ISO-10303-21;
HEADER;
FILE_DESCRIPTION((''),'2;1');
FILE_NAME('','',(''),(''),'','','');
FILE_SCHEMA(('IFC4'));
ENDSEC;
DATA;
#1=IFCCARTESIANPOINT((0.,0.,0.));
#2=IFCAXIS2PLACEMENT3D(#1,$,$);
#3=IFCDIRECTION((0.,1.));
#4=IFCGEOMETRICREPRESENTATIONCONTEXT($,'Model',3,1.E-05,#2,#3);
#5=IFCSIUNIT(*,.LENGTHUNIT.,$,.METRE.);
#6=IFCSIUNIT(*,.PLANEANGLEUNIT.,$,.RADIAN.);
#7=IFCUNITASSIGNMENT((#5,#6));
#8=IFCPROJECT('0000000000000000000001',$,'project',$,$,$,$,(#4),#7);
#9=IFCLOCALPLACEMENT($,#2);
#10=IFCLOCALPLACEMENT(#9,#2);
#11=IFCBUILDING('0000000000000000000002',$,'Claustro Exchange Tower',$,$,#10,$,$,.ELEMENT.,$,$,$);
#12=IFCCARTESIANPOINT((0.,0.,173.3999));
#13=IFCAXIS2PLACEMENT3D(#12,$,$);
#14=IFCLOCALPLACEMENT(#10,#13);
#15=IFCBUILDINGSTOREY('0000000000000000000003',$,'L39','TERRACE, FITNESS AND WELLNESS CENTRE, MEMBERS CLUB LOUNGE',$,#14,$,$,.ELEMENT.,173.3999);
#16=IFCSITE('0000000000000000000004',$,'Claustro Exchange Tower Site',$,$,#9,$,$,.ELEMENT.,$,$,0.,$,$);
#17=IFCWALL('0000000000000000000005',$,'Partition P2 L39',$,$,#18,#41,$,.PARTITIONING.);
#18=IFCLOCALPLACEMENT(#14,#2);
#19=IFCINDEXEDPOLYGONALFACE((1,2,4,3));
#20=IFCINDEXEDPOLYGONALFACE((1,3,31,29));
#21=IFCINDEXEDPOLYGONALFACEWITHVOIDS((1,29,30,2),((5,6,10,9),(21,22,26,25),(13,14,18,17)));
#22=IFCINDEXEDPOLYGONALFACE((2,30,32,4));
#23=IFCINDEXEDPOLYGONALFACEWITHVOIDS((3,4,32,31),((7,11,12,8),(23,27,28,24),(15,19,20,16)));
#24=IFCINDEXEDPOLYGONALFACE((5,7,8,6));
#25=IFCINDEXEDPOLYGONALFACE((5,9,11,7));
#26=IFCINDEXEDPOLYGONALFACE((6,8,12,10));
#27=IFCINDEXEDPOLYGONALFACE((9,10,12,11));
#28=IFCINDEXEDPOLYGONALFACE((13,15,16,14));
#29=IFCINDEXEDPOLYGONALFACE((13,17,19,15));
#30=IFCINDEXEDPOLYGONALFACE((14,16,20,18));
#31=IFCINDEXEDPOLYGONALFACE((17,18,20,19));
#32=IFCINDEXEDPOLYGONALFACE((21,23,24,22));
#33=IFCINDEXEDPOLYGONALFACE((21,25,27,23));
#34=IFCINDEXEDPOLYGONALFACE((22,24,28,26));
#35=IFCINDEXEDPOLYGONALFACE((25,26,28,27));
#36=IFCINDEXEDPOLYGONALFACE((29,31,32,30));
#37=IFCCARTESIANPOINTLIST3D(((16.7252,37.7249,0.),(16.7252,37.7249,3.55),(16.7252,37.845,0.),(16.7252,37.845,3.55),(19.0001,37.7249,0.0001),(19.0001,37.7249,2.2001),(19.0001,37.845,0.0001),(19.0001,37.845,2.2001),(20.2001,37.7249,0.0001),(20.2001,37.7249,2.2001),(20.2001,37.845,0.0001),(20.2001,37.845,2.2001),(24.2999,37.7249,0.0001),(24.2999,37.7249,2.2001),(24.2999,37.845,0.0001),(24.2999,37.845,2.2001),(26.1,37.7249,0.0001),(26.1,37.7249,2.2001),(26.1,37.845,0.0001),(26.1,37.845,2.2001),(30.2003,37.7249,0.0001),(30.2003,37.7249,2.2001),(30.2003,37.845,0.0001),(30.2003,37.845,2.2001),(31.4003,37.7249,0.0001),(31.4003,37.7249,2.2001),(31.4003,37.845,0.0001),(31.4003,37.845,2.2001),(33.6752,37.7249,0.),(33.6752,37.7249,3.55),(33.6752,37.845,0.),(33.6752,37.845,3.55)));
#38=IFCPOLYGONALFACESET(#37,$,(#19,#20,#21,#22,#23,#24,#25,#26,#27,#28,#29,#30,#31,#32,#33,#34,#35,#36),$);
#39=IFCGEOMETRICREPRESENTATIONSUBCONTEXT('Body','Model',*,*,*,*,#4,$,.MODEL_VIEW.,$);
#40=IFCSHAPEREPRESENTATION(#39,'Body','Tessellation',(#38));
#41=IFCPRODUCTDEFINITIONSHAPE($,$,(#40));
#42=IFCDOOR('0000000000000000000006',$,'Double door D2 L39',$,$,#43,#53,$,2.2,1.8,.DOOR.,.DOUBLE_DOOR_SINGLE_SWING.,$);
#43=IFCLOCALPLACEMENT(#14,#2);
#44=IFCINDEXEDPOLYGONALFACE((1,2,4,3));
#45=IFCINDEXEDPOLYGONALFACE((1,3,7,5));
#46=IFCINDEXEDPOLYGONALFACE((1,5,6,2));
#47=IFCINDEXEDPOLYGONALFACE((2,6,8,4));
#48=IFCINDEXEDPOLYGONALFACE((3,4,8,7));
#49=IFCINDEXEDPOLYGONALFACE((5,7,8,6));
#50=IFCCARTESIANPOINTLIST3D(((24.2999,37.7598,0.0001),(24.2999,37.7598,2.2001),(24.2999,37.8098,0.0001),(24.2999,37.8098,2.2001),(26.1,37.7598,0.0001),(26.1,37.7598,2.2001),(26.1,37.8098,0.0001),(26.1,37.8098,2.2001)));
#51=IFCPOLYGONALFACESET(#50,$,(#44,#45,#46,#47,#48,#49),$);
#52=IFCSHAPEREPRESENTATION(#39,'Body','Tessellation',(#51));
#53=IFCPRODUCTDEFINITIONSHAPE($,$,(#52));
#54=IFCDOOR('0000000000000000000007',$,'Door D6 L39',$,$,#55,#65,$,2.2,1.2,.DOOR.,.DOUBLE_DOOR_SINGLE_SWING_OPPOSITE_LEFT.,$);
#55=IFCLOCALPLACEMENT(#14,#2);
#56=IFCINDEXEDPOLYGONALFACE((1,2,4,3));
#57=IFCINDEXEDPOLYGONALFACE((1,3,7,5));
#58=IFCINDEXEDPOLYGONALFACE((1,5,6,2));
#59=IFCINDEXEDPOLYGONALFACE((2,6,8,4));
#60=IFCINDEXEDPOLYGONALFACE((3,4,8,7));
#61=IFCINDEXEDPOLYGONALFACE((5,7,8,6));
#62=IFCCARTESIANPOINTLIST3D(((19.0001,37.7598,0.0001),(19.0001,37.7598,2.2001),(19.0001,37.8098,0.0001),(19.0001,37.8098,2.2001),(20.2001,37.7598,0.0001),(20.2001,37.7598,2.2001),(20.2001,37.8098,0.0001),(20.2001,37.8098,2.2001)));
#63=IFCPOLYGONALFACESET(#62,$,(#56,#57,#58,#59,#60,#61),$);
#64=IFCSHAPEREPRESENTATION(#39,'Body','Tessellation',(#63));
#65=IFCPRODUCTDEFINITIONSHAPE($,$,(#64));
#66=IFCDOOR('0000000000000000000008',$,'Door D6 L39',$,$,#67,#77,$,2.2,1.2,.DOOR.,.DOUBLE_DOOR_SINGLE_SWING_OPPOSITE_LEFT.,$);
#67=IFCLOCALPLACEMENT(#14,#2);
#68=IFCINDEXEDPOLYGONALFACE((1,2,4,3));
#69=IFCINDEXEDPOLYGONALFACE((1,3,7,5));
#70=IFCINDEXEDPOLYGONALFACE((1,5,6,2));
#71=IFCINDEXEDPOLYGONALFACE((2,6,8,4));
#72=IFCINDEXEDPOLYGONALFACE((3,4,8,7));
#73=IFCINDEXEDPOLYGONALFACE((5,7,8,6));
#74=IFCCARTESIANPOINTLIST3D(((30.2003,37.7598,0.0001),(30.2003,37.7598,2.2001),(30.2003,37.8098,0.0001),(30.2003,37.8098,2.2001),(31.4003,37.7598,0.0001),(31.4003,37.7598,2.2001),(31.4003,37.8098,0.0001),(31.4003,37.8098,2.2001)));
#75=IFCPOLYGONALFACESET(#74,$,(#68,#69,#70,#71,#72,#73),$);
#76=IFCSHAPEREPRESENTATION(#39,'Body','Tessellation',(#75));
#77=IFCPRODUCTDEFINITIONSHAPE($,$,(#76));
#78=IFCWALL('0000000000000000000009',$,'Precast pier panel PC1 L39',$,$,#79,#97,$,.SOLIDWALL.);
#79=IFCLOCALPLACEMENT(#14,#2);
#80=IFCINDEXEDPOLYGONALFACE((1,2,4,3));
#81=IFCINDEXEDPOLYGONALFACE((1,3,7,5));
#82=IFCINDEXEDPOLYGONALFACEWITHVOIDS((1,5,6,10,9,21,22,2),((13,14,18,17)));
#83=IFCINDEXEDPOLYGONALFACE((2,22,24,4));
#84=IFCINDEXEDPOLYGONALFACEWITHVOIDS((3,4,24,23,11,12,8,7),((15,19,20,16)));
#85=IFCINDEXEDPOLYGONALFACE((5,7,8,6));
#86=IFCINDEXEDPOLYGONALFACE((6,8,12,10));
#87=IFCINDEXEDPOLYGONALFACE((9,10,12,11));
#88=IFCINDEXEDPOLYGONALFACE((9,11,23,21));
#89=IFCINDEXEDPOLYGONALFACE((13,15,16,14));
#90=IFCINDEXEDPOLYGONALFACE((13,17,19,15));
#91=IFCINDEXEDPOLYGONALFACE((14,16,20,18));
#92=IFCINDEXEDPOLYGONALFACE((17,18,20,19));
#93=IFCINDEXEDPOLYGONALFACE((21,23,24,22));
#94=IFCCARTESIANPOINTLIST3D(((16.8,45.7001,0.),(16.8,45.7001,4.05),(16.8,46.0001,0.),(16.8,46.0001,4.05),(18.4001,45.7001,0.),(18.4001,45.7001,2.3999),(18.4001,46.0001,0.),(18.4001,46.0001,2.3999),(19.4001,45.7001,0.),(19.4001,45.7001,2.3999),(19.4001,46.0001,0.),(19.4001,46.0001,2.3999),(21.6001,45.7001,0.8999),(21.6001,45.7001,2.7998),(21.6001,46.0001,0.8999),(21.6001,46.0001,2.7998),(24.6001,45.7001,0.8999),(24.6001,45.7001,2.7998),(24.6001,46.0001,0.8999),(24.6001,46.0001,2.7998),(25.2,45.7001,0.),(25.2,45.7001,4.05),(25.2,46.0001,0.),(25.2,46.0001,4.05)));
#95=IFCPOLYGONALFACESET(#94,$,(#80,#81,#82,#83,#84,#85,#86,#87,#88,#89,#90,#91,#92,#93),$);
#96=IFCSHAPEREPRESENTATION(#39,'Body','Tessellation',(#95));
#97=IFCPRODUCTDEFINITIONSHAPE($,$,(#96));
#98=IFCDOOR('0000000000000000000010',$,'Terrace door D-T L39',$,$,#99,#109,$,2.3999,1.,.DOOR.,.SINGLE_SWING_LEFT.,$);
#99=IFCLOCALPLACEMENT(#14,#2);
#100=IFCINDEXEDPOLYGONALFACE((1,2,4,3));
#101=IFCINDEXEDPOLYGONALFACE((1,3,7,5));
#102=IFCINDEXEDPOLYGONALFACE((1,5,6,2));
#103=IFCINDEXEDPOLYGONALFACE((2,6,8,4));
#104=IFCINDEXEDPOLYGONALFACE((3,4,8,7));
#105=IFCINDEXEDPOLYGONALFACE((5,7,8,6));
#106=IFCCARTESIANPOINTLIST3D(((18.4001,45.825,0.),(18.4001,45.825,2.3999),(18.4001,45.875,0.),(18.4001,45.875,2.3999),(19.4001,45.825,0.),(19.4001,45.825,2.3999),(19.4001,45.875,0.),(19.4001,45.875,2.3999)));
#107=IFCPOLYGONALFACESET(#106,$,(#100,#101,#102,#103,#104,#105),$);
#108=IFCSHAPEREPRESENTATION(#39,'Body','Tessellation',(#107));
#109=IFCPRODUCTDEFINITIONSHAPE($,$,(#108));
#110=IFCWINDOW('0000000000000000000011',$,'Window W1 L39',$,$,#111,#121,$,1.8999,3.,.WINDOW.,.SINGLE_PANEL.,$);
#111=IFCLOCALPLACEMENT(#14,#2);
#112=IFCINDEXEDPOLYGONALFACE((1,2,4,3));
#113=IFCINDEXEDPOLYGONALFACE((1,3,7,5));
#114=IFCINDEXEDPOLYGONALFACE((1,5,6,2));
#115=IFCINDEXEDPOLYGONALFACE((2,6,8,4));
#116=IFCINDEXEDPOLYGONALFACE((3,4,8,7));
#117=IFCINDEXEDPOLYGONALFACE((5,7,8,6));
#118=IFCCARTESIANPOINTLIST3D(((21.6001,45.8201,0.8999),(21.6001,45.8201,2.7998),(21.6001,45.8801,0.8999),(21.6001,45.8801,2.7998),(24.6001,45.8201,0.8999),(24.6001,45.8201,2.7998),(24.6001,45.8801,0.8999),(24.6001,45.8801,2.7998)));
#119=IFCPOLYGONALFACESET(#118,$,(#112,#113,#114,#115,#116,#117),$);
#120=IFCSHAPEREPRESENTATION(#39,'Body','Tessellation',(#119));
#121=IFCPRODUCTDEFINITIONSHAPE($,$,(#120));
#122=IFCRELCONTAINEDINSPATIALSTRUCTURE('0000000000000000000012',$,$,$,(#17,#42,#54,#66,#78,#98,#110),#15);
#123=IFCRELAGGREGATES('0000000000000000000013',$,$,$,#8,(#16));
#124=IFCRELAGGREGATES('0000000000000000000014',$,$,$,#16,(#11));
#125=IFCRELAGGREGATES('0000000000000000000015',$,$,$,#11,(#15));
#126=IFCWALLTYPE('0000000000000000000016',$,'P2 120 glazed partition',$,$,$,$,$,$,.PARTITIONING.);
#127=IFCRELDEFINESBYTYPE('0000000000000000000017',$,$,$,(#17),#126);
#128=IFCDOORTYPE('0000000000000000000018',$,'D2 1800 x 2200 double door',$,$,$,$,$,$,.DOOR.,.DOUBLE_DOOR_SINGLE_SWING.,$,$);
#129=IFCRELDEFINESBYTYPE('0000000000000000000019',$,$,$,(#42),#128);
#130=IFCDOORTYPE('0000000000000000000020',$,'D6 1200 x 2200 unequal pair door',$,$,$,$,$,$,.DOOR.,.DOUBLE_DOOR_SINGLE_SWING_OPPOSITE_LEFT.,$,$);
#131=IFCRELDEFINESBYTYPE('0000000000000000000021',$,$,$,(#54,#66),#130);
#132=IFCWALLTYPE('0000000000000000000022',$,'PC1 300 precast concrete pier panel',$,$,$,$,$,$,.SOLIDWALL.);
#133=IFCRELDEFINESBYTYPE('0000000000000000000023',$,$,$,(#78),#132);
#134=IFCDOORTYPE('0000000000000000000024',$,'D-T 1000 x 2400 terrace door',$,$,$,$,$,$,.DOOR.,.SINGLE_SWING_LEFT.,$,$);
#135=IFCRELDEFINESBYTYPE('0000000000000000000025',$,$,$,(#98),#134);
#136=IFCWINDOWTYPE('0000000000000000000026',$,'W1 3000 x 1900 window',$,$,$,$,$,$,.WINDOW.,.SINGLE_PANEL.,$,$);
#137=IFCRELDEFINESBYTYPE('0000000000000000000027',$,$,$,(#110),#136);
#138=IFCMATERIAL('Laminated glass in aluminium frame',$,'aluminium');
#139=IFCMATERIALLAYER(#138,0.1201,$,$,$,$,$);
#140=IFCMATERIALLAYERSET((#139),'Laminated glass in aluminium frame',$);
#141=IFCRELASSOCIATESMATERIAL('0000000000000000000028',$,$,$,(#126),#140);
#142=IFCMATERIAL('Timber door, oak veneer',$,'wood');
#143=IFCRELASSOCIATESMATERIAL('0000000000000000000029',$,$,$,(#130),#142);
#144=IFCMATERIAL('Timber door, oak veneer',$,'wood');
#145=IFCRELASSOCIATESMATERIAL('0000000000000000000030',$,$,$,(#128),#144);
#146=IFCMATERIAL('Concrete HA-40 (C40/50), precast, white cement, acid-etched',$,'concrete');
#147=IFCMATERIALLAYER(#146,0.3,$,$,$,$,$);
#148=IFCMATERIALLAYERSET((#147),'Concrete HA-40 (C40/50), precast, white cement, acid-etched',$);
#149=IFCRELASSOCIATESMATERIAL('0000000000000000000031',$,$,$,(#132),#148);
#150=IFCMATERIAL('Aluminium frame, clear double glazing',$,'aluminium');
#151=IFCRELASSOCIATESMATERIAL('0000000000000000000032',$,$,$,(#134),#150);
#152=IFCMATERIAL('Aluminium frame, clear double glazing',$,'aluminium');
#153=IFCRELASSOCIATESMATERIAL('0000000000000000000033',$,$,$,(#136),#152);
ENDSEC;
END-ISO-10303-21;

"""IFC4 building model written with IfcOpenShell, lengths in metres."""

from ifc_helpers import new_model, si_unit, direction, frame, frame_2d, origin, place, context, subcontext, project, spatial, rectangle, extrude, material, layer, layer_set, type_object, element, fill, save


model = new_model("IFC4")

# Units and contexts
model_context = context("Model", 3, precision=1e-05, world=origin(), true_north=direction((0.0, 1.0)))
body_context = subcontext(model_context, "Body", "Model", "MODEL_VIEW")
ifc_project = project(units=[si_unit("LENGTHUNIT", "METRE"), si_unit("PLANEANGLEUNIT", "RADIAN")], contexts=[model_context])

# Site, building, storey
site_placement = place(None, origin())
site = spatial("IfcSite", under=ifc_project, at=site_placement, Name="Claustro Exchange Tower Site", CompositionType="ELEMENT", RefElevation=0.0)
building_placement = place(site_placement, origin())
building = spatial("IfcBuilding", under=site, at=building_placement, Name="Claustro Exchange Tower", CompositionType="ELEMENT")
storey_placement = place(building_placement, frame((0.0, 0.0, 173.3999)))
storey = spatial("IfcBuildingStorey", under=building, at=storey_placement, Name="L39", Description="TERRACE, FITNESS AND WELLNESS CENTRE, MEMBERS CLUB LOUNGE", CompositionType="ELEMENT", Elevation=173.3999)

# Shared definitions
ifc_material_1 = material(Name="Laminated glass in aluminium frame", Category="aluminium")
ifc_layer_1 = layer(ifc_material_1, 0.1201)
ifc_layer_set_1 = layer_set([ifc_layer_1], Name="Laminated glass in aluminium frame")
wall_type_1 = type_object("IfcWallType", Name="P2 120 glazed partition", PredefinedType="PARTITIONING", material=ifc_layer_set_1)
ifc_material_2 = material(Name="Timber door, oak veneer", Category="wood")
door_type_1 = type_object("IfcDoorType", Name="D6 1200 x 2200 unequal pair door", OperationType="DOUBLE_DOOR_SINGLE_SWING_OPPOSITE_LEFT", PredefinedType="DOOR", material=ifc_material_2)
ifc_material_3 = material(Name="Timber door, oak veneer", Category="wood")
door_type_2 = type_object("IfcDoorType", Name="D2 1800 x 2200 double door", OperationType="DOUBLE_DOOR_SINGLE_SWING", PredefinedType="DOOR", material=ifc_material_3)

# Wall, openings, doors
wall_1_placement = place(storey_placement, frame((16.7251, 37.7849, 0.0), z_axis=(0.0, 0.0, 1.0), x_axis=(1.0, 0.0, 0.0)))
wall_1 = element("IfcWall", 1, at=wall_1_placement, inside=storey, type_object=wall_type_1, Name="Partition P2 L39", PredefinedType="PARTITIONING", context=body_context, shape_type="SweptSolid", body=[
    extrude(rectangle(XDim=16.95, YDim=0.1201, at=frame_2d((8.4751, 0.0))), origin(), (0.0, 0.0, 1.0), 3.55),
])
opening_1_placement = place(wall_1_placement, frame((2.2749, 0.0, 0.0)))
opening_1 = element("IfcOpeningElement", 2, at=opening_1_placement, cuts=wall_1, PredefinedType="OPENING", context=body_context, shape_type="SweptSolid", body=[
    extrude(rectangle(XDim=1.2, YDim=2.2, at=frame_2d((0.6001, 1.1001))), frame((0.0, 0.0701, 0.0), z_axis=(0.0, -1.0, 0.0), x_axis=(1.0, 0.0, 0.0)), (0.0, 0.0, 1.0), 0.1401),
])
opening_2_placement = place(wall_1_placement, frame((7.575, 0.0, 0.0)))
opening_2 = element("IfcOpeningElement", 3, at=opening_2_placement, cuts=wall_1, PredefinedType="OPENING", context=body_context, shape_type="SweptSolid", body=[
    extrude(rectangle(XDim=1.8, YDim=2.2, at=frame_2d((0.8999, 1.1001))), frame((0.0, 0.0701, 0.0), z_axis=(0.0, -1.0, 0.0), x_axis=(1.0, 0.0, 0.0)), (0.0, 0.0, 1.0), 0.1401),
])
opening_3_placement = place(wall_1_placement, frame((13.4751, 0.0, 0.0)))
opening_3 = element("IfcOpeningElement", 4, at=opening_3_placement, cuts=wall_1, PredefinedType="OPENING", context=body_context, shape_type="SweptSolid", body=[
    extrude(rectangle(XDim=1.2, YDim=2.2, at=frame_2d((0.6001, 1.1001))), frame((0.0, 0.0701, 0.0), z_axis=(0.0, -1.0, 0.0), x_axis=(1.0, 0.0, 0.0)), (0.0, 0.0, 1.0), 0.1401),
])
door_1_placement = place(opening_2_placement, origin())
door_1 = element("IfcDoor", 5, at=door_1_placement, inside=storey, type_object=door_type_2, Name="Double door D2 L39", OperationType="DOUBLE_DOOR_SINGLE_SWING", OverallHeight=2.2, OverallWidth=1.8, PredefinedType="DOOR", context=body_context, shape_type="SweptSolid", body=[
    extrude(rectangle(XDim=1.8, YDim=2.2, at=frame_2d((0.8999, 1.1001))), frame((0.0, 0.0249, 0.0), z_axis=(0.0, -1.0, 0.0), x_axis=(1.0, 0.0, 0.0)), (0.0, 0.0, 1.0), 0.05),
])
fill(opening_2, door_1)
door_2_placement = place(opening_1_placement, origin())
door_2 = element("IfcDoor", 6, at=door_2_placement, inside=storey, type_object=door_type_1, Name="Door D6 L39", OperationType="DOUBLE_DOOR_SINGLE_SWING_OPPOSITE_LEFT", OverallHeight=2.2, OverallWidth=1.2, PredefinedType="DOOR", context=body_context, shape_type="SweptSolid", body=[
    extrude(rectangle(XDim=1.2, YDim=2.2, at=frame_2d((0.6001, 1.1001))), frame((0.0, 0.0249, 0.0), z_axis=(0.0, -1.0, 0.0), x_axis=(1.0, 0.0, 0.0)), (0.0, 0.0, 1.0), 0.05),
])
fill(opening_1, door_2)
door_3_placement = place(opening_3_placement, origin())
door_3 = element("IfcDoor", 7, at=door_3_placement, inside=storey, type_object=door_type_1, Name="Door D6 L39", OperationType="DOUBLE_DOOR_SINGLE_SWING_OPPOSITE_LEFT", OverallHeight=2.2, OverallWidth=1.2, PredefinedType="DOOR", context=body_context, shape_type="SweptSolid", body=[
    extrude(rectangle(XDim=1.2, YDim=2.2, at=frame_2d((0.6001, 1.1001))), frame((0.0, 0.0249, 0.0), z_axis=(0.0, -1.0, 0.0), x_axis=(1.0, 0.0, 0.0)), (0.0, 0.0, 1.0), 0.05),
])
fill(opening_3, door_3)

# Wall, openings, door, window
ifc_material_4 = material(Name="Concrete HA-40 (C40/50), precast, white cement, acid-etched", Category="concrete")
ifc_layer_2 = layer(ifc_material_4, 0.3)
ifc_layer_set_2 = layer_set([ifc_layer_2], Name="Concrete HA-40 (C40/50), precast, white cement, acid-etched")
wall_type_2 = type_object("IfcWallType", Name="PC1 300 precast concrete pier panel", PredefinedType="SOLIDWALL", material=ifc_layer_set_2)
wall_2_placement = place(storey_placement, frame((16.8, 45.8501, 0.0), z_axis=(0.0, 0.0, 1.0), x_axis=(1.0, 0.0, 0.0)))
wall_2 = element("IfcWall", 8, at=wall_2_placement, inside=storey, type_object=wall_type_2, Name="Precast pier panel PC1 L39", PredefinedType="SOLIDWALL", context=body_context, shape_type="SweptSolid", body=[
    extrude(rectangle(XDim=8.3999, YDim=0.3, at=frame_2d((4.2, 0.0))), origin(), (0.0, 0.0, 1.0), 4.05),
])
opening_4_placement = place(wall_2_placement, frame((4.8, 0.0, 0.8999)))
opening_4 = element("IfcOpeningElement", 9, at=opening_4_placement, cuts=wall_2, PredefinedType="OPENING", context=body_context, shape_type="SweptSolid", body=[
    extrude(rectangle(XDim=3.0, YDim=1.8999, at=frame_2d((1.5, 0.95))), frame((0.0, 0.1599, 0.0), z_axis=(0.0, -1.0, 0.0), x_axis=(1.0, 0.0, 0.0)), (0.0, 0.0, 1.0), 0.3201),
])
opening_5_placement = place(wall_2_placement, frame((1.6001, 0.0, 0.0)))
opening_5 = element("IfcOpeningElement", 10, at=opening_5_placement, cuts=wall_2, PredefinedType="OPENING", context=body_context, shape_type="SweptSolid", body=[
    extrude(rectangle(XDim=1.0, YDim=2.3999, at=frame_2d((0.5, 1.2))), frame((0.0, 0.1599, 0.0), z_axis=(0.0, -1.0, 0.0), x_axis=(1.0, 0.0, 0.0)), (0.0, 0.0, 1.0), 0.3201),
])
ifc_material_5 = material(Name="Aluminium frame, clear double glazing", Category="aluminium")
door_type_3 = type_object("IfcDoorType", Name="D-T 1000 x 2400 terrace door", OperationType="SINGLE_SWING_LEFT", PredefinedType="DOOR", material=ifc_material_5)
door_4_placement = place(opening_5_placement, origin())
door_4 = element("IfcDoor", 11, at=door_4_placement, inside=storey, type_object=door_type_3, Name="Terrace door D-T L39", OperationType="SINGLE_SWING_LEFT", OverallHeight=2.3999, OverallWidth=1.0, PredefinedType="DOOR", context=body_context, shape_type="SweptSolid", body=[
    extrude(rectangle(XDim=1.0, YDim=2.3999, at=frame_2d((0.5, 1.2))), frame((0.0, 0.0249, 0.0), z_axis=(0.0, -1.0, 0.0), x_axis=(1.0, 0.0, 0.0)), (0.0, 0.0, 1.0), 0.05),
])
fill(opening_5, door_4)
ifc_material_6 = material(Name="Aluminium frame, clear double glazing", Category="aluminium")
window_type = type_object("IfcWindowType", Name="W1 3000 x 1900 window", PartitioningType="SINGLE_PANEL", PredefinedType="WINDOW", material=ifc_material_6)
window_placement = place(opening_4_placement, origin())
window = element("IfcWindow", 12, at=window_placement, inside=storey, type_object=window_type, Name="Window W1 L39", OverallHeight=1.8999, OverallWidth=3.0, PartitioningType="SINGLE_PANEL", PredefinedType="WINDOW", context=body_context, shape_type="SweptSolid", body=[
    extrude(rectangle(XDim=3.0, YDim=1.8999, at=frame_2d((1.5, 0.95))), frame((0.0, 0.03, 0.0), z_axis=(0.0, -1.0, 0.0), x_axis=(1.0, 0.0, 0.0)), (0.0, 0.0, 1.0), 0.0601),
])
fill(opening_4, window)

save(model, "model.ifc")
